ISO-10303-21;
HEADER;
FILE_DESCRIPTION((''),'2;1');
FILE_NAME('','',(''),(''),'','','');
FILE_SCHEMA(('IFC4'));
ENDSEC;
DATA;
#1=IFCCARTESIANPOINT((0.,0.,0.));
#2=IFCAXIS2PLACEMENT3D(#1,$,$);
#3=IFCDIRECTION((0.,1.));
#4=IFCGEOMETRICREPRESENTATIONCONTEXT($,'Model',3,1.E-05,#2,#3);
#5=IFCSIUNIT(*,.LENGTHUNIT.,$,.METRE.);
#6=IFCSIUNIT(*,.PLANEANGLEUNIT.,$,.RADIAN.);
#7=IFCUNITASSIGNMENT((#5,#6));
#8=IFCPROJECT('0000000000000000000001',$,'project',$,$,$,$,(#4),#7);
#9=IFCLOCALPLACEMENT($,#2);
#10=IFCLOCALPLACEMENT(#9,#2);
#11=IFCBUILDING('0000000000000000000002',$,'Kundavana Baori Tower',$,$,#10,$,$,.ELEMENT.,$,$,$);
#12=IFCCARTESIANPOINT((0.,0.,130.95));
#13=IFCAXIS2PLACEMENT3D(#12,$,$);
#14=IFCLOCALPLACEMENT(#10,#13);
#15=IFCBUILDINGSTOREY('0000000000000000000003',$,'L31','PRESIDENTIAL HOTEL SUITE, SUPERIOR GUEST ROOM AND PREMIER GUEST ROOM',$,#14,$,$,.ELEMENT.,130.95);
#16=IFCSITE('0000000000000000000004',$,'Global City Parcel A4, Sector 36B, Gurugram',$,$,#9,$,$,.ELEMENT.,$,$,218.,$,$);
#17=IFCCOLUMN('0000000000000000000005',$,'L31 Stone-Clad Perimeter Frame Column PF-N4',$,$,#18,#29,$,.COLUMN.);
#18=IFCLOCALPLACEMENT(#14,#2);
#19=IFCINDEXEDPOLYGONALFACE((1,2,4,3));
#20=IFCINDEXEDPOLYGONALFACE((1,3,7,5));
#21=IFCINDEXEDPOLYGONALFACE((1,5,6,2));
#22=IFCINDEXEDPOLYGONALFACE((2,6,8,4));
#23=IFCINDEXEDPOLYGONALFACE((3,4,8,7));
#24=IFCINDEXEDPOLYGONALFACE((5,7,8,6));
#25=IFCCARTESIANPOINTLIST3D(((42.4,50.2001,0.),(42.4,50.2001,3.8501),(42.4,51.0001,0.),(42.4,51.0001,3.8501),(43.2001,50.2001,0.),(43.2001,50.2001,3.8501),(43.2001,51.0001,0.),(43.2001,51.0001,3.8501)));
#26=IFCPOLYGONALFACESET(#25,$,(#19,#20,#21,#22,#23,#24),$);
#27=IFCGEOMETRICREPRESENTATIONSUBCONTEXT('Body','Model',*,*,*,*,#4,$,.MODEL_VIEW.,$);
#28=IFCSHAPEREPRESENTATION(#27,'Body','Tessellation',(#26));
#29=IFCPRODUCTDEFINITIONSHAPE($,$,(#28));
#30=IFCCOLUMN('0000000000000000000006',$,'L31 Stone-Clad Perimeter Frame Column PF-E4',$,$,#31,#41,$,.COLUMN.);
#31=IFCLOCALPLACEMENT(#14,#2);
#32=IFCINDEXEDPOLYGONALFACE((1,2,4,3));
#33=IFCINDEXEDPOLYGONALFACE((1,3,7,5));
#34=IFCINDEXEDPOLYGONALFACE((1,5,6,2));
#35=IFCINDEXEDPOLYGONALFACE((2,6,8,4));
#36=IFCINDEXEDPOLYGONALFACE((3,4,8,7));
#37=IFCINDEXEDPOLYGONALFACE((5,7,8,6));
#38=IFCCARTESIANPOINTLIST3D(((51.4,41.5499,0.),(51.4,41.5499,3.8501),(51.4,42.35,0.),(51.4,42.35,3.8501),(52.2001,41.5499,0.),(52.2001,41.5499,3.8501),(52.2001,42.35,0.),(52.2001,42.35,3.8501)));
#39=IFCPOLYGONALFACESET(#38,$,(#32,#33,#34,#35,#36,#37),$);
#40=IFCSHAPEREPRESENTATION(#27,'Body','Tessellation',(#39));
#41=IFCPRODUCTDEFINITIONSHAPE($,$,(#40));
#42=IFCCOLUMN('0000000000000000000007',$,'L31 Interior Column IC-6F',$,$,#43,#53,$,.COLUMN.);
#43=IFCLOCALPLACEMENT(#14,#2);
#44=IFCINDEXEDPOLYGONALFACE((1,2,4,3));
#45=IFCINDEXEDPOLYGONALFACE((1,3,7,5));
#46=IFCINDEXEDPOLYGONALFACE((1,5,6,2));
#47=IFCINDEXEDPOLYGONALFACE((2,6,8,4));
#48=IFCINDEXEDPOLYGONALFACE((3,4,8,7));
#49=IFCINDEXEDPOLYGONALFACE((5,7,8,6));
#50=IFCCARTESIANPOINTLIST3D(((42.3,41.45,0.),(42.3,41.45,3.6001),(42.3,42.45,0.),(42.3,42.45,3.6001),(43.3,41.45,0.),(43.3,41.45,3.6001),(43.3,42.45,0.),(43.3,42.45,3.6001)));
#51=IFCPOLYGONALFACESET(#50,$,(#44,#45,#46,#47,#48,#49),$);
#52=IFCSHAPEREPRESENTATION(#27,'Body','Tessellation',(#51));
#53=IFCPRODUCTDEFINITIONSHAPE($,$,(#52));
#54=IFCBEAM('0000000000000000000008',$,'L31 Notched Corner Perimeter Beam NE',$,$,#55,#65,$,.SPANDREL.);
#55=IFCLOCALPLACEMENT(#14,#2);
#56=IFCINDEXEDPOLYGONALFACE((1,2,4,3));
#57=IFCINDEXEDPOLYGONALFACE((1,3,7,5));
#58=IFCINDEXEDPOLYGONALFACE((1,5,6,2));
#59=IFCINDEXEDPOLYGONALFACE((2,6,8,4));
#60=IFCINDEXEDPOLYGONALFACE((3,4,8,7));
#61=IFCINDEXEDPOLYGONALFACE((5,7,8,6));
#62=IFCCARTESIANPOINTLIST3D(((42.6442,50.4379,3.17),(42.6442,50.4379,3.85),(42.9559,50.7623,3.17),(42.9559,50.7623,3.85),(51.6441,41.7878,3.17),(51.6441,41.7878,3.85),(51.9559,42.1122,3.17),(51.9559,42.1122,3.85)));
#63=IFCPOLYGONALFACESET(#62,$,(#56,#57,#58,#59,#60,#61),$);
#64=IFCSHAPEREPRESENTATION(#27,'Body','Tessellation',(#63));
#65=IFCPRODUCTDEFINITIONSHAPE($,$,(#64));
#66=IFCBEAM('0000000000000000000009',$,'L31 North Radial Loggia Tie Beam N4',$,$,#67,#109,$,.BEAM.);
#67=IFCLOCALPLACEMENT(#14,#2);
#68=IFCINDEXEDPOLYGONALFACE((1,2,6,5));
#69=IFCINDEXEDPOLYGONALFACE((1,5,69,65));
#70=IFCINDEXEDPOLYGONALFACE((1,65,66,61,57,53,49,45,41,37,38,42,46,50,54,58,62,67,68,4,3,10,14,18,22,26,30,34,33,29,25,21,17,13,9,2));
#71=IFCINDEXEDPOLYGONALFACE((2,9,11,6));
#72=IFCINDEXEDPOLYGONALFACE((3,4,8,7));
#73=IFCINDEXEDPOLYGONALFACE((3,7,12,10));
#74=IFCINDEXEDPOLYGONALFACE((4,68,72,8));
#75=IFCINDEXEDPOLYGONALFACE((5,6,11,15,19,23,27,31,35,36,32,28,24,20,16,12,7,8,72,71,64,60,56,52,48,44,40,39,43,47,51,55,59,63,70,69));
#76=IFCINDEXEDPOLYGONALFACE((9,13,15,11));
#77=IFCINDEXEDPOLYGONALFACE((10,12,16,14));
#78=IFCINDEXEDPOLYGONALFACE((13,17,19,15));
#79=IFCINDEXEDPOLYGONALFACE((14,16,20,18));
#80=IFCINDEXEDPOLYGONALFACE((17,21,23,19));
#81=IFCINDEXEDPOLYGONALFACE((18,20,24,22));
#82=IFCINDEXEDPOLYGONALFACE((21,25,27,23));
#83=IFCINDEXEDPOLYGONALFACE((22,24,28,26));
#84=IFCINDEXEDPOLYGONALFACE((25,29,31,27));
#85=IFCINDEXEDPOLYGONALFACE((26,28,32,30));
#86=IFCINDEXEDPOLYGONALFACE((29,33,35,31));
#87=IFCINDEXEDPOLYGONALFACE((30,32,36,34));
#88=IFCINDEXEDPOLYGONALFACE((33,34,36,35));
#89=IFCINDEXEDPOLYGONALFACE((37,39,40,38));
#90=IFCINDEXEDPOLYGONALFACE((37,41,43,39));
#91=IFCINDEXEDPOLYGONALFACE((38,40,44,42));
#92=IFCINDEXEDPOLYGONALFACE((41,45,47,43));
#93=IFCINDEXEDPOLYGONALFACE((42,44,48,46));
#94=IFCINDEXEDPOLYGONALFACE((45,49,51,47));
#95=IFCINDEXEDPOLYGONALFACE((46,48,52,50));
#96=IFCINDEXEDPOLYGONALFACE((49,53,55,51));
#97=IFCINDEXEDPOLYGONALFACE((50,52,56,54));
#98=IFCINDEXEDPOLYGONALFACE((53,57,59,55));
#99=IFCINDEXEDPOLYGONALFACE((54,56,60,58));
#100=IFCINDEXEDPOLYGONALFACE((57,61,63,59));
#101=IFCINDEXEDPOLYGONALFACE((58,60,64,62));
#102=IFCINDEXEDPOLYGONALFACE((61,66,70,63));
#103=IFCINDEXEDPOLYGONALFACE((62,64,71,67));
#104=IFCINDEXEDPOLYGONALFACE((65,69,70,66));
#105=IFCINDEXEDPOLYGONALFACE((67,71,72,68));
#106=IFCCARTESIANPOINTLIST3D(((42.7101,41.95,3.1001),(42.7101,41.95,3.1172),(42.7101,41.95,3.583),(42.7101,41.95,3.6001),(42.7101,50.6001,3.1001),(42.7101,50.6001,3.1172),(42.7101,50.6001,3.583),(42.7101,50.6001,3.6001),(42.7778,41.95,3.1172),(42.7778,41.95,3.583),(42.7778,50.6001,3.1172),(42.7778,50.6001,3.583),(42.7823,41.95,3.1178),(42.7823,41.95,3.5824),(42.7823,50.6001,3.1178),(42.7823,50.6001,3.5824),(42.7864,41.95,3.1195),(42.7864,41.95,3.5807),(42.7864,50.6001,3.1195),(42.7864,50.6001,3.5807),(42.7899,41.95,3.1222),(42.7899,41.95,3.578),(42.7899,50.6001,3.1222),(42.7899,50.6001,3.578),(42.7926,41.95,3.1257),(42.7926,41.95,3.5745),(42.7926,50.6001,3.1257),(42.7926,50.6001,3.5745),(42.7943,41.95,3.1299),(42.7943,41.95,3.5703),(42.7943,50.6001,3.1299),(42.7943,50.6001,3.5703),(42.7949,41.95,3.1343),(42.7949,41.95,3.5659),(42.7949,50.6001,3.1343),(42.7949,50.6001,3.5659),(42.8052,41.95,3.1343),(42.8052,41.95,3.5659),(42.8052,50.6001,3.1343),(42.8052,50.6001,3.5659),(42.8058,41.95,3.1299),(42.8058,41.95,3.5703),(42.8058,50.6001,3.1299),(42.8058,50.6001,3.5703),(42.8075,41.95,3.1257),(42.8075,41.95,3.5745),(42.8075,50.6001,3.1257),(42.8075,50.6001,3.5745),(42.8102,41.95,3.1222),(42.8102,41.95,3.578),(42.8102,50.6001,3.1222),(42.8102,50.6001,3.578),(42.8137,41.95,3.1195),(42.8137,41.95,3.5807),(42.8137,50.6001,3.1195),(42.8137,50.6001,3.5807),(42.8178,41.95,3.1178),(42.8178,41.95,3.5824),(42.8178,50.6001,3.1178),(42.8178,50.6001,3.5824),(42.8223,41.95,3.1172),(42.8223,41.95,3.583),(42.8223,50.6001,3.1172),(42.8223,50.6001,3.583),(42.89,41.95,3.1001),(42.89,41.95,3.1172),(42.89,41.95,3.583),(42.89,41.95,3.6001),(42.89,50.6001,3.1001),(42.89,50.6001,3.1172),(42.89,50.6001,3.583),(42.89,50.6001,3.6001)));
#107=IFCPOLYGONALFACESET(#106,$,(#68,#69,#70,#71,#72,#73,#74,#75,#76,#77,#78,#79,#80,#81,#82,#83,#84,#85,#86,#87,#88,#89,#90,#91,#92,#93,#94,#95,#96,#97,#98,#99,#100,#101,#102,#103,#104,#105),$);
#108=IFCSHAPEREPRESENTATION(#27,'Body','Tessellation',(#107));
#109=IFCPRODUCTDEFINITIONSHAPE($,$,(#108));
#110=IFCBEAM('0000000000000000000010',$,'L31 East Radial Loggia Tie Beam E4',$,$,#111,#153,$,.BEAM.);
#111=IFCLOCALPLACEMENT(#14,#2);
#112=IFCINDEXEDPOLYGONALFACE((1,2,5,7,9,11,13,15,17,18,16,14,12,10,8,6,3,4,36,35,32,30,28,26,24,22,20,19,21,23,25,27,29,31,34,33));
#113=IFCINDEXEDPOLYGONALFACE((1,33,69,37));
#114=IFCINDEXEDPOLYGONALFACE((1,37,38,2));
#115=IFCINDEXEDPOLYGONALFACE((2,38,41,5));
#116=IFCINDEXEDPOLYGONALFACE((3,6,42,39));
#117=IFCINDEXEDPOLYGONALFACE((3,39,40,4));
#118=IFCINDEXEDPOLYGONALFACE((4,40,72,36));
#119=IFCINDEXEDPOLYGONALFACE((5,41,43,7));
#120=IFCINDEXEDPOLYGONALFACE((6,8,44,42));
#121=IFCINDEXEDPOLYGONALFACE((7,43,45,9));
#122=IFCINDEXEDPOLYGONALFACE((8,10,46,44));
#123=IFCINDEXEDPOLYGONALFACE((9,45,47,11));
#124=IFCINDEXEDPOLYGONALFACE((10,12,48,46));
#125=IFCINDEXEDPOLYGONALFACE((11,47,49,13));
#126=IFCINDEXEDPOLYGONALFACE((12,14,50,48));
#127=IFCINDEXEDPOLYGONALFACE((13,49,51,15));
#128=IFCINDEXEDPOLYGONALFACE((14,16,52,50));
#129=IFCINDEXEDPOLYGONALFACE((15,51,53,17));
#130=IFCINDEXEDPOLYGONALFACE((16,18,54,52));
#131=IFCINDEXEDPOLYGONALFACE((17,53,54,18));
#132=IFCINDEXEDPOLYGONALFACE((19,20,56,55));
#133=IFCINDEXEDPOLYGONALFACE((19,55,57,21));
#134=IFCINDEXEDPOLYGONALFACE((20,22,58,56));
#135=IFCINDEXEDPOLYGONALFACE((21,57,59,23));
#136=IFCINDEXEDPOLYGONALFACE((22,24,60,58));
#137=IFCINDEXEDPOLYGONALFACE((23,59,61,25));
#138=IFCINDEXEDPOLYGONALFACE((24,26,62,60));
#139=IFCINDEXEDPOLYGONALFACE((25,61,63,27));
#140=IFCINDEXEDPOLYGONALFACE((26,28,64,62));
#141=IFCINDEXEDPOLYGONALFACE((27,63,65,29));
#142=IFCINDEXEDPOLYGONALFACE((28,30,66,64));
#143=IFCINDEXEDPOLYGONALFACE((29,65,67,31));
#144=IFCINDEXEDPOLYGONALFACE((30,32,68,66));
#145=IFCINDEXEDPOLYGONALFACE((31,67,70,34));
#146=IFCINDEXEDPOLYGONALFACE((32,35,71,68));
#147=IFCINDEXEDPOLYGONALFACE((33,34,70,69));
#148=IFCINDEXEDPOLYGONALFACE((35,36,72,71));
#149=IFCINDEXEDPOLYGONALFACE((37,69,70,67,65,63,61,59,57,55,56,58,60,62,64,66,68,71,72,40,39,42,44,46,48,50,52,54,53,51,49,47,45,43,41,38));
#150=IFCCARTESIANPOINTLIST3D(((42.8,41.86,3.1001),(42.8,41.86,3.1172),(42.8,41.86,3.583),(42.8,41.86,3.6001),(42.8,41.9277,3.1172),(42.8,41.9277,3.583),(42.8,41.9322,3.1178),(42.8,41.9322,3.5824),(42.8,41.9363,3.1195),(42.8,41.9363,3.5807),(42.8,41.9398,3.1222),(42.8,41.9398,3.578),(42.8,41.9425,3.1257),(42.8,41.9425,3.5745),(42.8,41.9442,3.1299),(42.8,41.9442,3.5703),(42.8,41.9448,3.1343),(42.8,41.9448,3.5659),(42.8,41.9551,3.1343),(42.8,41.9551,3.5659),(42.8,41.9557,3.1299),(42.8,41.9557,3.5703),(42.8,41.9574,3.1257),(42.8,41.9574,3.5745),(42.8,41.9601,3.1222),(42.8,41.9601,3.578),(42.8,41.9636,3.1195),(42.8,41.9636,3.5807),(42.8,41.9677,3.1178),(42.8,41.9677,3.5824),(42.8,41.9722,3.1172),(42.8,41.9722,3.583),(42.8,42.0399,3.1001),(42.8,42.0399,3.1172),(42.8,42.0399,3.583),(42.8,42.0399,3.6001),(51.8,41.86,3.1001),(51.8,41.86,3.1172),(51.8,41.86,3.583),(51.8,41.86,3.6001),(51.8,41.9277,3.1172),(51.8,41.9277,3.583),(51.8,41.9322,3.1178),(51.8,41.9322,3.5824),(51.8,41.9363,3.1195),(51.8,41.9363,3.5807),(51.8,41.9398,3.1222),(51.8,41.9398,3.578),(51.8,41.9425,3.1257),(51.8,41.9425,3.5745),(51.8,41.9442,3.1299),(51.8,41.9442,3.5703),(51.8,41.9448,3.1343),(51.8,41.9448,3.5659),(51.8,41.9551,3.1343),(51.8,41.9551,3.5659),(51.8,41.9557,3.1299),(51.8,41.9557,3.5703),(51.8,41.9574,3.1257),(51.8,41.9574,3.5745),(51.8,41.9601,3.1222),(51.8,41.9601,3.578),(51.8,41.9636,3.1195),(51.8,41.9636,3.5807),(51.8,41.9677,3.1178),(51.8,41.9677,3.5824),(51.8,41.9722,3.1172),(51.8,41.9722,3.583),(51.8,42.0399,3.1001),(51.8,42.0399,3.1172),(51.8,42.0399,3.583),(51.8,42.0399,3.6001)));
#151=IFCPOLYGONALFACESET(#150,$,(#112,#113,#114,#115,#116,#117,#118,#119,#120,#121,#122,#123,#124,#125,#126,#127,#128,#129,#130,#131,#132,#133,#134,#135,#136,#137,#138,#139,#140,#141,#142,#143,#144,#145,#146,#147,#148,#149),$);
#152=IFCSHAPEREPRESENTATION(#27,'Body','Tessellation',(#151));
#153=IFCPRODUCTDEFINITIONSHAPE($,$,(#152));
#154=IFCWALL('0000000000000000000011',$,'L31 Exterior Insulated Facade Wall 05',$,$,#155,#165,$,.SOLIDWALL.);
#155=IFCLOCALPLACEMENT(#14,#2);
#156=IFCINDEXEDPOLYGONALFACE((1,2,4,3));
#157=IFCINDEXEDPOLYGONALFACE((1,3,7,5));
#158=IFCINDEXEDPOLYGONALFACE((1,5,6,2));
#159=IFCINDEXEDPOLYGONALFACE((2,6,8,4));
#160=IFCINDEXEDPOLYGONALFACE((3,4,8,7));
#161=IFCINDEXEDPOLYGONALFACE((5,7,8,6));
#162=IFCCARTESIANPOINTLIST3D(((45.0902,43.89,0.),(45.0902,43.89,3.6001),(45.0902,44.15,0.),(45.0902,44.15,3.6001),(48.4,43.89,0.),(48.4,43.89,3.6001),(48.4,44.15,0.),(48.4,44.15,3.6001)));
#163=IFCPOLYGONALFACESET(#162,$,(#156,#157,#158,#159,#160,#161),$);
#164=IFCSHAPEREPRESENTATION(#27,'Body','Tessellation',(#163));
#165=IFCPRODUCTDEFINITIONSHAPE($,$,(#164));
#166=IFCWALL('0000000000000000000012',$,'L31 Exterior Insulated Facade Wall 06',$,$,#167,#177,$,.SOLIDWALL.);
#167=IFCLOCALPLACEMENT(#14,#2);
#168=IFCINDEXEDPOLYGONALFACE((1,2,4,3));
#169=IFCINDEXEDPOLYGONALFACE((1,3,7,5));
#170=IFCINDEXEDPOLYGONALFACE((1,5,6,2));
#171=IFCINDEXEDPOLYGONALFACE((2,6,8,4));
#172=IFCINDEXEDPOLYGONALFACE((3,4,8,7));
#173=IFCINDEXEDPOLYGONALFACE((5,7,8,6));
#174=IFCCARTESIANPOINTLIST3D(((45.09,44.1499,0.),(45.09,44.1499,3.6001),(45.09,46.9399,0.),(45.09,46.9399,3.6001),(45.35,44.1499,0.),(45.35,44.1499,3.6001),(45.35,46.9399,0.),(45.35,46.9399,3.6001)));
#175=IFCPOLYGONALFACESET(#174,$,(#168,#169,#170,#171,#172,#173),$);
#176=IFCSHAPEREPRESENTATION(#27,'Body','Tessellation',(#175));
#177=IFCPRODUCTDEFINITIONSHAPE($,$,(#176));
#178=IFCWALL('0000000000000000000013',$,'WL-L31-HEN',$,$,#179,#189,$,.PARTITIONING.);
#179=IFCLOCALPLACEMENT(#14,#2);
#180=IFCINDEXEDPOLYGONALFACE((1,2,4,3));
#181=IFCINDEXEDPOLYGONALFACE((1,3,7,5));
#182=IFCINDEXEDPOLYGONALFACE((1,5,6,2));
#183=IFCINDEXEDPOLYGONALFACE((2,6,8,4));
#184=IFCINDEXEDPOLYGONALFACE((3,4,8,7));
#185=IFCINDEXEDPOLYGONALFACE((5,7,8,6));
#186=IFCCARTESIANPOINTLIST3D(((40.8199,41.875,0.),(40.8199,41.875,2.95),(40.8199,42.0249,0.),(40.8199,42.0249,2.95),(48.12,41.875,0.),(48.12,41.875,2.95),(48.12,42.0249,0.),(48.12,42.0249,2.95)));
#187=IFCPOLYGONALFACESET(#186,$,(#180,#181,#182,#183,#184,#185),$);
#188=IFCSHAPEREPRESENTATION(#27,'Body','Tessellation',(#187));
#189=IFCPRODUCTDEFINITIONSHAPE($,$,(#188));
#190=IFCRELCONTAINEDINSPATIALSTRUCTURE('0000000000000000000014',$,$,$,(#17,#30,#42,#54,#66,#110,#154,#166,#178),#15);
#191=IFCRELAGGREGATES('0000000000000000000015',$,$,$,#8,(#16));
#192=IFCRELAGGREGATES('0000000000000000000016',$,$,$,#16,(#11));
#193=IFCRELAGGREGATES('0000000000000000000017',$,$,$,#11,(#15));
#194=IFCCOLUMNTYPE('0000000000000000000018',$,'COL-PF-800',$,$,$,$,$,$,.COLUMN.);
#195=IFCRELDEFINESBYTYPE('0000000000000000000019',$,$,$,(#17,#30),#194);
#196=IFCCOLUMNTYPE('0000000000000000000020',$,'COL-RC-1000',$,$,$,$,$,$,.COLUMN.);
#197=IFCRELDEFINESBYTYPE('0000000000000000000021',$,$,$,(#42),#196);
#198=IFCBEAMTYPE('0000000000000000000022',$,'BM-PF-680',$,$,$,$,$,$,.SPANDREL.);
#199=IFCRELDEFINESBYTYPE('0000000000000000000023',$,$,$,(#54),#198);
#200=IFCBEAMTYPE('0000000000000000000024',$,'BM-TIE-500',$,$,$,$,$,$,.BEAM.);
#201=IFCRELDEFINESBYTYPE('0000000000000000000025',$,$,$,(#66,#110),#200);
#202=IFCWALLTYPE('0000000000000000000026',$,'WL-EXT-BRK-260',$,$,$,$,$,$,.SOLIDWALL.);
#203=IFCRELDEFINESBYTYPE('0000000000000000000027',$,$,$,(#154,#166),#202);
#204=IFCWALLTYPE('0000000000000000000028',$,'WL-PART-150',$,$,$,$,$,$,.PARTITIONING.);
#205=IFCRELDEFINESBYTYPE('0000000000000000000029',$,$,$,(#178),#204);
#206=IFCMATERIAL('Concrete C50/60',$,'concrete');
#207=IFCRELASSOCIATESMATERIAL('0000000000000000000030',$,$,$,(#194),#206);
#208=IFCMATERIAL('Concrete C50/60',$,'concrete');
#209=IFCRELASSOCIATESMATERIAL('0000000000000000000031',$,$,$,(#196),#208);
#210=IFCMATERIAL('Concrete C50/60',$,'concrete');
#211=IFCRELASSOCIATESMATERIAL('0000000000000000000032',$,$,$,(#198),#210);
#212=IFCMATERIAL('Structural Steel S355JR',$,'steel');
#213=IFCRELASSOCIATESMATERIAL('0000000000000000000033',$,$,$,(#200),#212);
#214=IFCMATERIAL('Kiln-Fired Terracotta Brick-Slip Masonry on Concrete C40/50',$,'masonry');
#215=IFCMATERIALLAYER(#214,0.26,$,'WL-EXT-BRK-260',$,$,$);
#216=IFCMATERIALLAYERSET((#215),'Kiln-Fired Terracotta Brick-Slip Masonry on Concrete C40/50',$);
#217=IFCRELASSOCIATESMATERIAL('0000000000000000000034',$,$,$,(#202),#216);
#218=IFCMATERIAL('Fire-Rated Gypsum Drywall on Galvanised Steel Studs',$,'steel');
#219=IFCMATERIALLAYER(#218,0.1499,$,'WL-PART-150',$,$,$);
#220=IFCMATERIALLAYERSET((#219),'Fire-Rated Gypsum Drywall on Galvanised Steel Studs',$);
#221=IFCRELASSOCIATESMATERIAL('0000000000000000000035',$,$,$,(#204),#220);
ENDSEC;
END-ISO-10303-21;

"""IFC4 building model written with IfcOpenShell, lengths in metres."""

from ifc_helpers import new_model, si_unit, direction, frame, frame_2d, origin, origin_2d, place, context, subcontext, project, spatial, rectangle, i_section, extrude, material, layer, layer_set, material_profile, profile_set, type_object, element, save


model = new_model("IFC4")

# Units and contexts
model_context = context("Model", 3, precision=1e-05, world=origin(), true_north=direction((0.0, 1.0)))
body_context = subcontext(model_context, "Body", "Model", "MODEL_VIEW")
ifc_project = project(units=[si_unit("LENGTHUNIT", "METRE"), si_unit("PLANEANGLEUNIT", "RADIAN")], contexts=[model_context])

# Site, building, storey
site_placement = place(None, origin())
site = spatial("IfcSite", under=ifc_project, at=site_placement, Name="Global City Parcel A4, Sector 36B, Gurugram", CompositionType="ELEMENT", RefElevation=218.0)
building_placement = place(site_placement, origin())
building = spatial("IfcBuilding", under=site, at=building_placement, Name="Kundavana Baori Tower", CompositionType="ELEMENT")
storey_placement = place(building_placement, frame((0.0, 0.0, 130.95)))
storey = spatial("IfcBuildingStorey", under=building, at=storey_placement, Name="L31", Description="PRESIDENTIAL HOTEL SUITE, SUPERIOR GUEST ROOM AND PREMIER GUEST ROOM", CompositionType="ELEMENT", Elevation=130.95)

# Columns
ifc_material_1 = material(Name="Concrete C50/60", Category="concrete")
ifc_material_profile_1 = material_profile(ifc_material_1, rectangle(XDim=0.8, YDim=0.8, at=origin_2d()), Name="RC PF 800x800")
ifc_profile_set_1 = profile_set([ifc_material_profile_1], Name="Concrete C50/60")
column_type_1 = type_object("IfcColumnType", Name="COL-PF-800", PredefinedType="COLUMN", material=ifc_profile_set_1)
for number, where, z_axis, x_axis, name in (
    (1, (42.8, 50.6001, 0.0), (0.0, 0.0, 1.0), (1.0, 0.0, 0.0), "L31 Stone-Clad Perimeter Frame Column PF-N4"),
    (2, (51.8, 41.95, 0.0), (0.0, 0.0, 1.0), (1.0, 0.0, 0.0), "L31 Stone-Clad Perimeter Frame Column PF-E4"),
):
    element("IfcColumn", number, at=place(storey_placement, frame(where, z_axis=z_axis, x_axis=x_axis)), inside=storey, type_object=column_type_1, Name=name, PredefinedType="COLUMN", context=body_context, shape_type="SweptSolid", body=[
        extrude(rectangle(XDim=0.8, YDim=0.8, at=origin_2d()), origin(), (0.0, 0.0, 1.0), 3.8501),
    ])
ifc_material_2 = material(Name="Concrete C50/60", Category="concrete")
ifc_material_profile_2 = material_profile(ifc_material_2, rectangle(XDim=1.0, YDim=1.0, at=origin_2d()), Name="RC 1000x1000")
ifc_profile_set_2 = profile_set([ifc_material_profile_2], Name="Concrete C50/60")
column_type_2 = type_object("IfcColumnType", Name="COL-RC-1000", PredefinedType="COLUMN", material=ifc_profile_set_2)
column_placement = place(storey_placement, frame((42.8, 41.95, 0.0), z_axis=(0.0, 0.0, 1.0), x_axis=(1.0, 0.0, 0.0)))
element("IfcColumn", 3, at=column_placement, inside=storey, type_object=column_type_2, Name="L31 Interior Column IC-6F", PredefinedType="COLUMN", context=body_context, shape_type="SweptSolid", body=[
    extrude(rectangle(XDim=1.0, YDim=1.0, at=origin_2d()), origin(), (0.0, 0.0, 1.0), 3.6001),
])

# Beams
ifc_material_3 = material(Name="Concrete C50/60", Category="concrete")
ifc_material_profile_3 = material_profile(ifc_material_3, rectangle(XDim=0.45, YDim=0.6799, at=origin_2d()), Name="RC BM 450x680")
ifc_profile_set_3 = profile_set([ifc_material_profile_3], Name="Concrete C50/60")
beam_type_1 = type_object("IfcBeamType", Name="BM-PF-680", PredefinedType="SPANDREL", material=ifc_profile_set_3)
beam_1_placement = place(storey_placement, frame((42.8, 50.6001, 3.51), z_axis=(0.720981, -0.692955, 0.0), x_axis=(0.692955, 0.720981, 0.0)))
element("IfcBeam", 4, at=beam_1_placement, inside=storey, type_object=beam_type_1, Name="L31 Notched Corner Perimeter Beam NE", PredefinedType="SPANDREL", context=body_context, shape_type="SweptSolid", body=[
    extrude(rectangle(XDim=0.45, YDim=0.6799, at=origin_2d()), origin(), (0.0, 0.0, 1.0), 12.4829),
])
ifc_material_4 = material(Name="Structural Steel S355JR", Category="steel")
ifc_material_profile_4 = material_profile(ifc_material_4, i_section(OverallWidth=0.1799, OverallDepth=0.5, WebThickness=0.0103, FlangeThickness=0.0171, FilletRadius=0.0171, at=origin_2d()), Name="ISMB 500")
ifc_profile_set_4 = profile_set([ifc_material_profile_4], Name="Structural Steel S355JR")
beam_type_2 = type_object("IfcBeamType", Name="BM-TIE-500", PredefinedType="BEAM", material=ifc_profile_set_4)
beam_2_placement = place(storey_placement, frame((42.8, 41.95, 3.3501), z_axis=(0.0, 1.0, 0.0), x_axis=(-1.0, 0.0, 0.0)))
element("IfcBeam", 5, at=beam_2_placement, inside=storey, type_object=beam_type_2, Name="L31 North Radial Loggia Tie Beam N4", PredefinedType="BEAM", context=body_context, shape_type="SweptSolid", body=[
    extrude(i_section(OverallWidth=0.1799, OverallDepth=0.5, WebThickness=0.0103, FlangeThickness=0.0171, FilletRadius=0.0171, at=origin_2d()), origin(), (0.0, 0.0, 1.0), 8.6501),
])
beam_3_placement = place(storey_placement, frame((42.8, 41.95, 3.3501), z_axis=(1.0, 0.0, 0.0), x_axis=(0.0, 1.0, 0.0)))
element("IfcBeam", 6, at=beam_3_placement, inside=storey, type_object=beam_type_2, Name="L31 East Radial Loggia Tie Beam E4", PredefinedType="BEAM", context=body_context, shape_type="SweptSolid", body=[
    extrude(i_section(OverallWidth=0.1799, OverallDepth=0.5, WebThickness=0.0103, FlangeThickness=0.0171, FilletRadius=0.0171, at=origin_2d()), origin(), (0.0, 0.0, 1.0), 9.0),
])

# Walls
ifc_material_5 = material(Name="Kiln-Fired Terracotta Brick-Slip Masonry on Concrete C40/50", Category="masonry")
ifc_layer_1 = layer(ifc_material_5, 0.26, Name="WL-EXT-BRK-260")
ifc_layer_set_1 = layer_set([ifc_layer_1], Name="Kiln-Fired Terracotta Brick-Slip Masonry on Concrete C40/50")
wall_type_1 = type_object("IfcWallType", Name="WL-EXT-BRK-260", PredefinedType="SOLIDWALL", material=ifc_layer_set_1)
wall_1_placement = place(storey_placement, frame((48.3999, 44.02, 0.0), z_axis=(0.0, 0.0, 1.0), x_axis=(-1.0, 0.0, 0.0)))
element("IfcWall", 7, at=wall_1_placement, inside=storey, type_object=wall_type_1, Name="L31 Exterior Insulated Facade Wall 05", PredefinedType="SOLIDWALL", context=body_context, shape_type="SweptSolid", body=[
    extrude(rectangle(XDim=3.3098, YDim=0.26, at=frame_2d((1.6548, 0.0))), origin(), (0.0, 0.0, 1.0), 3.6001),
])
wall_2_placement = place(storey_placement, frame((45.22, 44.1499, 0.0), z_axis=(0.0, 0.0, 1.0), x_axis=(0.0, 1.0, 0.0)))
element("IfcWall", 8, at=wall_2_placement, inside=storey, type_object=wall_type_1, Name="L31 Exterior Insulated Facade Wall 06", PredefinedType="SOLIDWALL", context=body_context, shape_type="SweptSolid", body=[
    extrude(rectangle(XDim=2.79, YDim=0.26, at=frame_2d((1.395, 0.0))), origin(), (0.0, 0.0, 1.0), 3.6001),
])

# Wall
ifc_material_6 = material(Name="Fire-Rated Gypsum Drywall on Galvanised Steel Studs", Category="steel")
ifc_layer_2 = layer(ifc_material_6, 0.1499, Name="WL-PART-150")
ifc_layer_set_2 = layer_set([ifc_layer_2], Name="Fire-Rated Gypsum Drywall on Galvanised Steel Studs")
wall_type_2 = type_object("IfcWallType", Name="WL-PART-150", PredefinedType="PARTITIONING", material=ifc_layer_set_2)
wall_3_placement = place(storey_placement, frame((40.8201, 41.95, 0.0), z_axis=(0.0, 0.0, 1.0), x_axis=(1.0, 0.0, 0.0)))
element("IfcWall", 9, at=wall_3_placement, inside=storey, type_object=wall_type_2, Name="WL-L31-HEN", PredefinedType="PARTITIONING", context=body_context, shape_type="SweptSolid", body=[
    extrude(rectangle(XDim=7.3, YDim=0.1499, at=frame_2d((3.6499, 0.0))), origin(), (0.0, 0.0, 1.0), 2.95),
])

save(model, "model.ifc")
